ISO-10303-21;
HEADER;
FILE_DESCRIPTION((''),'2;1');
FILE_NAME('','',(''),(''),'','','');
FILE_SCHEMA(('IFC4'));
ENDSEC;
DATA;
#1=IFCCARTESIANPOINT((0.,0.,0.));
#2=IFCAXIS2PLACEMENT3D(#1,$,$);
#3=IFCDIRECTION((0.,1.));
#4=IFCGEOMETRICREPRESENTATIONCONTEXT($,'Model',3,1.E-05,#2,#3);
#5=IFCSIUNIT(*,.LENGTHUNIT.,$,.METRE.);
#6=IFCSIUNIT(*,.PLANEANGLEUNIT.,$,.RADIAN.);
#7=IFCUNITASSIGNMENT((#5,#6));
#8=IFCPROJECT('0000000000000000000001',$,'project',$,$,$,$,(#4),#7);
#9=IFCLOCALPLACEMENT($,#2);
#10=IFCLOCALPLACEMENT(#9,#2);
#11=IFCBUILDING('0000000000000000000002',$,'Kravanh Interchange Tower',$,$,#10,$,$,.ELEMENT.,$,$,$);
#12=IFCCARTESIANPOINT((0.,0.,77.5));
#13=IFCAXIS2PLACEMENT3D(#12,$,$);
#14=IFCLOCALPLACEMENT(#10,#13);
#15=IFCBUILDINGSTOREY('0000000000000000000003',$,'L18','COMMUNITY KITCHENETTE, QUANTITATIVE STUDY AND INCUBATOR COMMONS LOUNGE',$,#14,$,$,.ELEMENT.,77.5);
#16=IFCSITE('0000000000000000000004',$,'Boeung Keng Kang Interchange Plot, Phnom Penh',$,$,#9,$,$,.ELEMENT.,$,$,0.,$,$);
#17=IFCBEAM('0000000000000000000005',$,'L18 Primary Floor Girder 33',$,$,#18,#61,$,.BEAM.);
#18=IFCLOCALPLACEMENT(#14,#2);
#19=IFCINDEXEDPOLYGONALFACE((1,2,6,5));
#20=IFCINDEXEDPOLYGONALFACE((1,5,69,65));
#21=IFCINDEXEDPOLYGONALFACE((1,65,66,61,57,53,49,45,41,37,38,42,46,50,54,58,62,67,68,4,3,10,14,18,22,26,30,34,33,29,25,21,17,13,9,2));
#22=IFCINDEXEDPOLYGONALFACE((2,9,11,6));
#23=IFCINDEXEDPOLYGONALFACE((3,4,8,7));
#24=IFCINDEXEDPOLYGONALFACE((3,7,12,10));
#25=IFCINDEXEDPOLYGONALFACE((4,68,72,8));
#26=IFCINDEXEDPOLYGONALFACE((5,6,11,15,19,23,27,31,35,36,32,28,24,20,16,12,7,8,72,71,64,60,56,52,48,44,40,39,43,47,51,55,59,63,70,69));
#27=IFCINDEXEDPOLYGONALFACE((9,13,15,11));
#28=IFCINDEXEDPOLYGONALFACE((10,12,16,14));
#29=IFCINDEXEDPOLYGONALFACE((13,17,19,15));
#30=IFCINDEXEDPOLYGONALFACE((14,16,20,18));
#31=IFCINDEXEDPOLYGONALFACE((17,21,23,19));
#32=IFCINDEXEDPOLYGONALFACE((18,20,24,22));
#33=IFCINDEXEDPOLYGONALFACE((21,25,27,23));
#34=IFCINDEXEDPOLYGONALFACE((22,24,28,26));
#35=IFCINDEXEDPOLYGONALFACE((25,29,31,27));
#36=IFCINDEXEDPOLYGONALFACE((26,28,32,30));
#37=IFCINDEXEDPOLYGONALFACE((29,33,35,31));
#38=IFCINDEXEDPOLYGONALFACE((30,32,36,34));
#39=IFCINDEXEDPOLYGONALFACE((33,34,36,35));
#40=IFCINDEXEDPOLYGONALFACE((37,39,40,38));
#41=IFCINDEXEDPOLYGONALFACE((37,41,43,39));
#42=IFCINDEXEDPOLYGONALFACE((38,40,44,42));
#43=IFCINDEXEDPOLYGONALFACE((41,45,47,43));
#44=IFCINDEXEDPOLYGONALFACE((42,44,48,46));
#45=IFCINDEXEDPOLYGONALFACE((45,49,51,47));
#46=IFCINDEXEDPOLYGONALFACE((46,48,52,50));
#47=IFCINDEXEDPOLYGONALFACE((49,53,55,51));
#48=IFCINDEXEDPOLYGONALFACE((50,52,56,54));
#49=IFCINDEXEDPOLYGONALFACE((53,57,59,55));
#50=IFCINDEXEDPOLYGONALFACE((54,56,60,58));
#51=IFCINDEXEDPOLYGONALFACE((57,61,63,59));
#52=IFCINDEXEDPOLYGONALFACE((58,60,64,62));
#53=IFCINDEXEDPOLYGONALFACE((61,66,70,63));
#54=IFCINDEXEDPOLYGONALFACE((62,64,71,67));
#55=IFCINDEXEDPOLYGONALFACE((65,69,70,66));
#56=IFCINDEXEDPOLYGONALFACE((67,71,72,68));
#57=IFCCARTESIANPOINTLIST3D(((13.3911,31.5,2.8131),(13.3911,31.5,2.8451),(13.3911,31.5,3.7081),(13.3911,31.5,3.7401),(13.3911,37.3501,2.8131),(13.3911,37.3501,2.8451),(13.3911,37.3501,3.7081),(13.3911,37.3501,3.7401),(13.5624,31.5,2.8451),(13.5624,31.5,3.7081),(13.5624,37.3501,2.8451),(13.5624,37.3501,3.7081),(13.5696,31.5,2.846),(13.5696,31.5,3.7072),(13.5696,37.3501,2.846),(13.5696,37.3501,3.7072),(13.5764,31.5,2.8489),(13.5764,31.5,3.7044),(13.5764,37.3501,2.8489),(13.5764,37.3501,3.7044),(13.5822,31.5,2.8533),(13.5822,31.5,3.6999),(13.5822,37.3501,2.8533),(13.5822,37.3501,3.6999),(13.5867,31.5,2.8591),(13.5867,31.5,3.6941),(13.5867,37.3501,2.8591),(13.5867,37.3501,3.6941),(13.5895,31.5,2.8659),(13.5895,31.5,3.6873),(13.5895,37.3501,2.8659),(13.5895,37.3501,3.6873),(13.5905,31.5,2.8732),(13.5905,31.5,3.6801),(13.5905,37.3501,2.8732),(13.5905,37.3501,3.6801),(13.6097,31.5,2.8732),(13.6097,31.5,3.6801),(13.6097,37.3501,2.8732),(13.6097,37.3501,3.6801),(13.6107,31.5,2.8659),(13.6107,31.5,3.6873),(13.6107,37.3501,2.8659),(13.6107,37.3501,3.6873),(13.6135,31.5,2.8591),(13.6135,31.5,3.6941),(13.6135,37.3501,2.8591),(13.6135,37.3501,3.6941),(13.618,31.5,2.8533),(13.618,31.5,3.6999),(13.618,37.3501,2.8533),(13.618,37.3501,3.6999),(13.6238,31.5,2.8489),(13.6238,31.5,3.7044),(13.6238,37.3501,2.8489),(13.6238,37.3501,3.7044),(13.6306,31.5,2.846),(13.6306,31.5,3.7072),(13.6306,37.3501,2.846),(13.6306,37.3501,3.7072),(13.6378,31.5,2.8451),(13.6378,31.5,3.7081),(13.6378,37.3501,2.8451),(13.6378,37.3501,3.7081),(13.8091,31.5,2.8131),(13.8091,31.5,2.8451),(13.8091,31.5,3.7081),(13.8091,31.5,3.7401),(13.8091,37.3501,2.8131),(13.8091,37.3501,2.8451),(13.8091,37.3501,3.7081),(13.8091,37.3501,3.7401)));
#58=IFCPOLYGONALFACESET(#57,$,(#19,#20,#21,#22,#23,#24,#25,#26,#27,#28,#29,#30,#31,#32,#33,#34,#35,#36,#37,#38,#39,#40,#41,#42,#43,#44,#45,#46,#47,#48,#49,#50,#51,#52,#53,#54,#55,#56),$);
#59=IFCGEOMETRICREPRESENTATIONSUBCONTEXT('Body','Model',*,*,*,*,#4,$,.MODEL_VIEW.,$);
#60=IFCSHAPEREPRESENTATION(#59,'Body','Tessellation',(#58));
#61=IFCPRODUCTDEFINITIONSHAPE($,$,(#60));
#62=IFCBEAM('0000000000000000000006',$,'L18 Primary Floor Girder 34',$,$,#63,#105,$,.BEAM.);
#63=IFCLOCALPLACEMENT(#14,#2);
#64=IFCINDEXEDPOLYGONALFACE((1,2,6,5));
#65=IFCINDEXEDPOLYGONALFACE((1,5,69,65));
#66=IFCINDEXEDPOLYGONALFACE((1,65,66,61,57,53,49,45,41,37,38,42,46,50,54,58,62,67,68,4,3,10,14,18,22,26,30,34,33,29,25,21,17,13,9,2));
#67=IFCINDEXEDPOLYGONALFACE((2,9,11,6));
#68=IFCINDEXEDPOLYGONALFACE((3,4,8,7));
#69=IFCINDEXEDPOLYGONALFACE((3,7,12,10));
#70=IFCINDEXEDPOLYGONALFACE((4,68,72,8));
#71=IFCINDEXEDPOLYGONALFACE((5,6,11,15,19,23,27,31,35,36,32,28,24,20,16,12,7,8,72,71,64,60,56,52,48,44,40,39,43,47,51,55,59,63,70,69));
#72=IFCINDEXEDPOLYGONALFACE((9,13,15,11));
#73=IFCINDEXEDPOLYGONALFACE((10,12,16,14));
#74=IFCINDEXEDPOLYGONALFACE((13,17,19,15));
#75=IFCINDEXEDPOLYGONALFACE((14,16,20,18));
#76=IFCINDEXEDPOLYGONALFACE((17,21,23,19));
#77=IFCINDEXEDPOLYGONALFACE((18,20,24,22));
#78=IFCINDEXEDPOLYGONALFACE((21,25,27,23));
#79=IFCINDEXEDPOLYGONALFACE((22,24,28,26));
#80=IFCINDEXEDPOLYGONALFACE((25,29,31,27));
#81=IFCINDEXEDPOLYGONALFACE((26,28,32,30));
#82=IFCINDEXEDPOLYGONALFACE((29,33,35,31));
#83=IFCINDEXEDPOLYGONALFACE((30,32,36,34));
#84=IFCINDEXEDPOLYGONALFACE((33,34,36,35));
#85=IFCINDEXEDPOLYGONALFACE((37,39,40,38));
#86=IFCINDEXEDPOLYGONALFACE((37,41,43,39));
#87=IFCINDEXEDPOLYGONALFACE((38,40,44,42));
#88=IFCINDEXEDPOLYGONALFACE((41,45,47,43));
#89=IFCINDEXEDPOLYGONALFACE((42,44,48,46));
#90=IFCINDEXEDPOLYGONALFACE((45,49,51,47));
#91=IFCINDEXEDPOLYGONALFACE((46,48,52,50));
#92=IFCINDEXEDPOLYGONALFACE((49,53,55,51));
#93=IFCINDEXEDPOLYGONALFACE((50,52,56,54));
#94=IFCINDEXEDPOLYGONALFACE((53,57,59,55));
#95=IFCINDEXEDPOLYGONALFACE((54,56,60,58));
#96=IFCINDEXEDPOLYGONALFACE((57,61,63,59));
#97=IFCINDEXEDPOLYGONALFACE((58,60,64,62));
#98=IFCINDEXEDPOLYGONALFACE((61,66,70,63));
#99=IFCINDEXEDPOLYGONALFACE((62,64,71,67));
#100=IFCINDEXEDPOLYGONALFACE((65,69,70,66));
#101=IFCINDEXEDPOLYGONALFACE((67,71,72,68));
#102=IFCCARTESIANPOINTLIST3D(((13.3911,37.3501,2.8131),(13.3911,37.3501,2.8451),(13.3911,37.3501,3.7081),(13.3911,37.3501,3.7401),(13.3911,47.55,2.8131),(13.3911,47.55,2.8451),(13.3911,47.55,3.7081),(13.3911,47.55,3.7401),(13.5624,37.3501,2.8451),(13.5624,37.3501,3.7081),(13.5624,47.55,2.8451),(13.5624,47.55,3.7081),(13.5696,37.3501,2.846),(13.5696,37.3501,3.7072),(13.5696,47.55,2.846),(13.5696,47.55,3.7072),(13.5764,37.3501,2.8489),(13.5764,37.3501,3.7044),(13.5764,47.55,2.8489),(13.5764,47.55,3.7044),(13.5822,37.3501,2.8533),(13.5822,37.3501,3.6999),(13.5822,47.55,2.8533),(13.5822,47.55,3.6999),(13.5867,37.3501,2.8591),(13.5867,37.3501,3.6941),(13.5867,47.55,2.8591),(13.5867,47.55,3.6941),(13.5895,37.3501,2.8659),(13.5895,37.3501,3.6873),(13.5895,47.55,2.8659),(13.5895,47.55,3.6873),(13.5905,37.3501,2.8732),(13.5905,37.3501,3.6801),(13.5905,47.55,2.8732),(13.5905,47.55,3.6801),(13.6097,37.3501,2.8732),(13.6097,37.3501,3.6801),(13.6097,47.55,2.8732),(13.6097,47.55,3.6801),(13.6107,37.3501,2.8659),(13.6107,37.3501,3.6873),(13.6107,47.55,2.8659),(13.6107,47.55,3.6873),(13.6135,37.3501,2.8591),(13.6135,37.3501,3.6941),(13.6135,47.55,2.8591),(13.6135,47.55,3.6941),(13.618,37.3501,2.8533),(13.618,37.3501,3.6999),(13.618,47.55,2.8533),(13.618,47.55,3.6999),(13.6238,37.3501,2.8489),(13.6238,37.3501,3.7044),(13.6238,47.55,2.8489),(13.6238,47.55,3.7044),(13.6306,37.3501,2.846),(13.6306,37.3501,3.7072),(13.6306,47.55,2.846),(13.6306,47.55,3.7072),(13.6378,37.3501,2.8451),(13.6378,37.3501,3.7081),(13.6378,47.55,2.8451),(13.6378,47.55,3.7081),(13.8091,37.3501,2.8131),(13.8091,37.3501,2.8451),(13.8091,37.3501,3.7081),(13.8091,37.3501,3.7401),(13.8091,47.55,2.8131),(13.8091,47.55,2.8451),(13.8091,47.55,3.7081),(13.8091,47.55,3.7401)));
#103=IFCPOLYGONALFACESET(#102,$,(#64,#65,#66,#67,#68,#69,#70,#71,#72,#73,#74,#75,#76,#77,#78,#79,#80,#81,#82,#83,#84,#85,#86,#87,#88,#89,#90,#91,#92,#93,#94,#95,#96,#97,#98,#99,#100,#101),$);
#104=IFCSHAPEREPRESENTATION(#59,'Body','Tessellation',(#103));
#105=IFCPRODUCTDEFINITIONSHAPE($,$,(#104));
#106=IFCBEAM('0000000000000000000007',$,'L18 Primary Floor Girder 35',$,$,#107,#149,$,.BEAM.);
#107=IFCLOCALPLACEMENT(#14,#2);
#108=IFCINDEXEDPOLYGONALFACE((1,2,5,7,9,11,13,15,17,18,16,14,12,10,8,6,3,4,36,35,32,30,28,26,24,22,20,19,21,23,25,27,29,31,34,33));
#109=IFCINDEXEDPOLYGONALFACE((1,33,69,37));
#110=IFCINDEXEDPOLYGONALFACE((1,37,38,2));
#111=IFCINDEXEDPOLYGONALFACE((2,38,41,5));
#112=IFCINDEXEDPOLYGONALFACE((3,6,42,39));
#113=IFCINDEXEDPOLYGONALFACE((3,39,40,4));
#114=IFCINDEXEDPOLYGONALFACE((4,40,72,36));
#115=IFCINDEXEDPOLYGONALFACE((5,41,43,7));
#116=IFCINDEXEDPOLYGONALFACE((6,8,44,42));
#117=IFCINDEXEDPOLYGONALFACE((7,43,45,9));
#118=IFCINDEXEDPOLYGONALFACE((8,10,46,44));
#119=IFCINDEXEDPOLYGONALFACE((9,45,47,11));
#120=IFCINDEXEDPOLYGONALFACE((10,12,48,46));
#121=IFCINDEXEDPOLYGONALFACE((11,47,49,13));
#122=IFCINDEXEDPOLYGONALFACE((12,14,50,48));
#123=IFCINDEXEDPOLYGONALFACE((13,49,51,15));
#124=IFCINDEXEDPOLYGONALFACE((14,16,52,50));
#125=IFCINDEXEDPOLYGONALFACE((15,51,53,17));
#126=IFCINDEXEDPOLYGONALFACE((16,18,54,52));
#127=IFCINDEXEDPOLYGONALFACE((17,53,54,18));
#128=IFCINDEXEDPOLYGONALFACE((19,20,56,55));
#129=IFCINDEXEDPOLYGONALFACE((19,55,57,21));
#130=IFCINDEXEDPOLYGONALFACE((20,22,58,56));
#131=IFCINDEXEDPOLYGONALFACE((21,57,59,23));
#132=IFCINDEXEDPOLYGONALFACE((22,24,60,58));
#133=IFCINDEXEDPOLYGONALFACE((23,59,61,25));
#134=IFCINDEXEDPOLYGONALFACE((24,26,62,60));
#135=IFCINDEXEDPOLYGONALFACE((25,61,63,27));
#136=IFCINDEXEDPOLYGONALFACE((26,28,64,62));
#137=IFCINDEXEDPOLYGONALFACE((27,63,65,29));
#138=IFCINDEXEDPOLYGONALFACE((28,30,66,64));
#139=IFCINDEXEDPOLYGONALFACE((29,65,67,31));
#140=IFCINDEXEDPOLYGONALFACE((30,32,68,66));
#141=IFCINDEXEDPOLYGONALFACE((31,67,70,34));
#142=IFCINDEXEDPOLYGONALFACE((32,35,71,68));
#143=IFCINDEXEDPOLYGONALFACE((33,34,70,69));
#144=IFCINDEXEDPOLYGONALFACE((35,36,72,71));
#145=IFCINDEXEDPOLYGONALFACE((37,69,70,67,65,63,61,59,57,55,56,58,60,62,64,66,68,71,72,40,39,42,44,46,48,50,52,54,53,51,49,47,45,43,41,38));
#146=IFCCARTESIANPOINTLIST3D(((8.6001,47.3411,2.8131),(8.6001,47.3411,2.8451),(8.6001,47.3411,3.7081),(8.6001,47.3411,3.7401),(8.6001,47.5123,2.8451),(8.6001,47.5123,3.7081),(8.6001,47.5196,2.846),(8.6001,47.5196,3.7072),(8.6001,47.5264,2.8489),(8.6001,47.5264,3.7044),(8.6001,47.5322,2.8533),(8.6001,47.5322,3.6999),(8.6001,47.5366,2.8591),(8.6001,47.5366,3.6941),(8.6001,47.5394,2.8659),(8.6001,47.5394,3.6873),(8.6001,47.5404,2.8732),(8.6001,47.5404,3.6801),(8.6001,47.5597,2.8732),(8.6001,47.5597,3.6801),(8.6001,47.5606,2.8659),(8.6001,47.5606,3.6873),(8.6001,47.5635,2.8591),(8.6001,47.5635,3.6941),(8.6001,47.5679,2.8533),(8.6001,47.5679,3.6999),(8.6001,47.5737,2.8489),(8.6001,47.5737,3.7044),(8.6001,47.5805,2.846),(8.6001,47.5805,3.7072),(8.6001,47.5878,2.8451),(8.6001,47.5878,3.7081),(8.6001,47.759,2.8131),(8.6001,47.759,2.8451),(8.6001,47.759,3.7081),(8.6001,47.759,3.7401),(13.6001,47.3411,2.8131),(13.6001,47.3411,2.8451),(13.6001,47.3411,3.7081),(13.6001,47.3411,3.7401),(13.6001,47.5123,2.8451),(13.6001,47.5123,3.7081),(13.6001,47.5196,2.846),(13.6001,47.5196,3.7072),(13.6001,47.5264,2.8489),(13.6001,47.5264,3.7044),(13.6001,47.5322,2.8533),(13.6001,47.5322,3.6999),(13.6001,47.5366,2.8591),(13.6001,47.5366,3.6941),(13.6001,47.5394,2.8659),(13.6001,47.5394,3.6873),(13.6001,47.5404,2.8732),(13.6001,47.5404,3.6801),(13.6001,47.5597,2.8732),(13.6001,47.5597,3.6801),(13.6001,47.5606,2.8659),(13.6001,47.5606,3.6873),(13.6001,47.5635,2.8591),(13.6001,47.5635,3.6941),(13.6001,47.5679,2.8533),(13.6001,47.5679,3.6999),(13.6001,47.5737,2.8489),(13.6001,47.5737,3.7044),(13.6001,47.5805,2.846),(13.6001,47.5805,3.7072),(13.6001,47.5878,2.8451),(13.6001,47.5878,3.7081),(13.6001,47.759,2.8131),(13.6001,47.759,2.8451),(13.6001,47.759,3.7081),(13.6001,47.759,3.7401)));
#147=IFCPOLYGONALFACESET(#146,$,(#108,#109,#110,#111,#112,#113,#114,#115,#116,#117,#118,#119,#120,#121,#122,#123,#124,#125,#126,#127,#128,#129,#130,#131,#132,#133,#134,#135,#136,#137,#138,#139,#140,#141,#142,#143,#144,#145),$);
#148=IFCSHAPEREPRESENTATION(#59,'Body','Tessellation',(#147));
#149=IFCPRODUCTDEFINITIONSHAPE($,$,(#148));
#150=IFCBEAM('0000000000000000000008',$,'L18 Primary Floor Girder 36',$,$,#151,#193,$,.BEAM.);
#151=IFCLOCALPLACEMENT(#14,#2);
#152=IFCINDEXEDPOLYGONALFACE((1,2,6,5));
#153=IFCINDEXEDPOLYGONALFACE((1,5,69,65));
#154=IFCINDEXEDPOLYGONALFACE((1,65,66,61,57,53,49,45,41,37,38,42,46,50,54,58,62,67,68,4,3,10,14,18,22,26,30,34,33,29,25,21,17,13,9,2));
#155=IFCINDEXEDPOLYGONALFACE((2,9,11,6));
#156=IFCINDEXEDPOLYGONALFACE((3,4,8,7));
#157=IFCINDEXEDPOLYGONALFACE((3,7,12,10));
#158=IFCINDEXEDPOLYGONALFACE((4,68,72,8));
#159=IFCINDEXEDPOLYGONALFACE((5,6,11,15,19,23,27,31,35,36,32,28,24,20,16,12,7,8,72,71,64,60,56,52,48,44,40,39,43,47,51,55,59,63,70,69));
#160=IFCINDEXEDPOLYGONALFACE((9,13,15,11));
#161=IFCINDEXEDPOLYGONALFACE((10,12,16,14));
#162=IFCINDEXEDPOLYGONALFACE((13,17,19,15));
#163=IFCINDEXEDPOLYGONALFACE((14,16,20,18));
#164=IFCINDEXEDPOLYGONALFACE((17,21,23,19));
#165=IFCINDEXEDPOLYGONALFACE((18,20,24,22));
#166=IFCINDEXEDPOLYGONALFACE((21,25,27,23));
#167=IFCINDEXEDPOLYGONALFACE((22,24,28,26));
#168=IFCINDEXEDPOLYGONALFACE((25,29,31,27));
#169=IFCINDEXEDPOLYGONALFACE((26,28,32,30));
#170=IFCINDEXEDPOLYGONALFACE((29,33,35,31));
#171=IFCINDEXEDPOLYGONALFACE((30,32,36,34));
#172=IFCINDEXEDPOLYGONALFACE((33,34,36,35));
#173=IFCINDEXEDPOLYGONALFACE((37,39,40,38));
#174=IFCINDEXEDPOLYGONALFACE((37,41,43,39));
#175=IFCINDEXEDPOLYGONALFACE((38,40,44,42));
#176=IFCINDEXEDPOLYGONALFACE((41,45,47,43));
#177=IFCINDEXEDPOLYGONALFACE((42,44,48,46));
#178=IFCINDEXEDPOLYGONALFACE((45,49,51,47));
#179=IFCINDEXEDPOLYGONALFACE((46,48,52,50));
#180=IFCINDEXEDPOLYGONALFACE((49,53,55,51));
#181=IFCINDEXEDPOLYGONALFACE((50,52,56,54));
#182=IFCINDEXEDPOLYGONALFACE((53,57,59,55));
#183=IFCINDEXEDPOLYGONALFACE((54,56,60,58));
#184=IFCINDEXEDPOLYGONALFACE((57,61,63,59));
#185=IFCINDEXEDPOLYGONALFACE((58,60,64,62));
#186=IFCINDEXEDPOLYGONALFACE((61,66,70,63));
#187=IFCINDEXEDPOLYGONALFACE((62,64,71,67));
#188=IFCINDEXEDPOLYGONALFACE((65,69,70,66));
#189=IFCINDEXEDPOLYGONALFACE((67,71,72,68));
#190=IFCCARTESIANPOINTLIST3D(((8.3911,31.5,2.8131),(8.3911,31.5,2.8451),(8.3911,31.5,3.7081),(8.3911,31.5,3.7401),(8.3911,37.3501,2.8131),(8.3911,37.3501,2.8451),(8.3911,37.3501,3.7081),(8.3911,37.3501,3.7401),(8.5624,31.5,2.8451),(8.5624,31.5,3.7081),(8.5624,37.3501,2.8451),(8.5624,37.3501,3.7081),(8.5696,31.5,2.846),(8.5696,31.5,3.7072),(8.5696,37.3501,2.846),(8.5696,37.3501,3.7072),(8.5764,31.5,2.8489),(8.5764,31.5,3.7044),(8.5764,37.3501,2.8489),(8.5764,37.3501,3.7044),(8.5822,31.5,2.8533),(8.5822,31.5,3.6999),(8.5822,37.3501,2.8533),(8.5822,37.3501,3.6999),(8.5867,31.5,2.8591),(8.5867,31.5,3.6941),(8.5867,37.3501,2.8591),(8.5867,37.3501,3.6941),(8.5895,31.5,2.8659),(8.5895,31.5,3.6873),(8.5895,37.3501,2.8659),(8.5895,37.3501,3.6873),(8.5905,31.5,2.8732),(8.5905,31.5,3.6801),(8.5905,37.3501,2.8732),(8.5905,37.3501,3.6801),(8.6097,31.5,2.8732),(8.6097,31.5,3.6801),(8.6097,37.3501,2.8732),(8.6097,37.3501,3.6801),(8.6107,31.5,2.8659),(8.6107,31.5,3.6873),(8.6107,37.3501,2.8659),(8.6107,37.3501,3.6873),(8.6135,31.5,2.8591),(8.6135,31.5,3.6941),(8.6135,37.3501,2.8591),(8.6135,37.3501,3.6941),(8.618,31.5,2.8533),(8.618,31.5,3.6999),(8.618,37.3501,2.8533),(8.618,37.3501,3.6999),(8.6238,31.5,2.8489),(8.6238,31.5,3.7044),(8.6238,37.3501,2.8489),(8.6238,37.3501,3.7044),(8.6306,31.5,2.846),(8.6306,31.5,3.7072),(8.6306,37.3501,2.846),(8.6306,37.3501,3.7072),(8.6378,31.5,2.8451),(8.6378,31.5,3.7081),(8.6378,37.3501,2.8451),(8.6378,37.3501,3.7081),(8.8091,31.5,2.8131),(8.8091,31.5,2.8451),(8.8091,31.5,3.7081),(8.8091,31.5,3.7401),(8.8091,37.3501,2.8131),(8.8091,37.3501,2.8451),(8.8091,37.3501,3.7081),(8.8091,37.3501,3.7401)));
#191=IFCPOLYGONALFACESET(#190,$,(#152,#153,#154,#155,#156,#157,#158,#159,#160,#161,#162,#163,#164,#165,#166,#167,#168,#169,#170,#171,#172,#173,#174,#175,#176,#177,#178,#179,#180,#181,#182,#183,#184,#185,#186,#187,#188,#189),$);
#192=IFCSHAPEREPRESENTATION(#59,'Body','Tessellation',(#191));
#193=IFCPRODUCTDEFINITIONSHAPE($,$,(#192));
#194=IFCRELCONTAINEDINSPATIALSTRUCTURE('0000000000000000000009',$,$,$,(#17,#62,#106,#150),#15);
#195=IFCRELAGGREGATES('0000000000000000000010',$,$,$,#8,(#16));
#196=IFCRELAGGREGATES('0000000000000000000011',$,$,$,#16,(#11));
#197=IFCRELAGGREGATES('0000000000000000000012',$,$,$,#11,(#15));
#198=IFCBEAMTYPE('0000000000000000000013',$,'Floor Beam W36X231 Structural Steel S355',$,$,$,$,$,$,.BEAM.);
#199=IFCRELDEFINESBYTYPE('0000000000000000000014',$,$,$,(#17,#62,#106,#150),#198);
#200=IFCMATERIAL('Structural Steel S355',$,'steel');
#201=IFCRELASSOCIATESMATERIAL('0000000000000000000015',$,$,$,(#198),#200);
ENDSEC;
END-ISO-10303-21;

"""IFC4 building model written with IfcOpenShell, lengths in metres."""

from ifc_helpers import new_model, si_unit, direction, frame, origin, origin_2d, place, context, subcontext, project, spatial, i_section, extrude, material, material_profile, profile_set, type_object, element, save


model = new_model("IFC4")

# Units and contexts
model_context = context("Model", 3, precision=1e-05, world=origin(), true_north=direction((0.0, 1.0)))
body_context = subcontext(model_context, "Body", "Model", "MODEL_VIEW")
ifc_project = project(units=[si_unit("LENGTHUNIT", "METRE"), si_unit("PLANEANGLEUNIT", "RADIAN")], contexts=[model_context])

# Site, building, storey
site_placement = place(None, origin())
site = spatial("IfcSite", under=ifc_project, at=site_placement, Name="Boeung Keng Kang Interchange Plot, Phnom Penh", CompositionType="ELEMENT", RefElevation=0.0)
building_placement = place(site_placement, origin())
building = spatial("IfcBuilding", under=site, at=building_placement, Name="Kravanh Interchange Tower", CompositionType="ELEMENT")
storey_placement = place(building_placement, frame((0.0, 0.0, 77.5)))
storey = spatial("IfcBuildingStorey", under=building, at=storey_placement, Name="L18", Description="COMMUNITY KITCHENETTE, QUANTITATIVE STUDY AND INCUBATOR COMMONS LOUNGE", CompositionType="ELEMENT", Elevation=77.5)

# Beams
ifc_material_1 = material(Name="Structural Steel S355", Category="steel")
ifc_material_profile_1 = material_profile(ifc_material_1, i_section(OverallWidth=0.418, OverallDepth=0.927, WebThickness=0.0193, FlangeThickness=0.032, FilletRadius=0.0281, at=origin_2d()), Name="W36X231")
ifc_profile_set_1 = profile_set([ifc_material_profile_1], Name="Structural Steel S355")
beam_type = type_object("IfcBeamType", Name="Floor Beam W36X231 Structural Steel S355", PredefinedType="BEAM", material=ifc_profile_set_1)
beam_1_placement = place(storey_placement, frame((13.6001, 37.3501, 3.2766), z_axis=(0.0, -1.0, 0.0), x_axis=(1.0, 0.0, 0.0)))
element("IfcBeam", 1, at=beam_1_placement, inside=storey, type_object=beam_type, Name="L18 Primary Floor Girder 33", PredefinedType="BEAM", context=body_context, shape_type="SweptSolid", body=[
    extrude(i_section(OverallWidth=0.418, OverallDepth=0.927, WebThickness=0.0193, FlangeThickness=0.032, FilletRadius=0.0281, at=origin_2d()), origin(), (0.0, 0.0, 1.0), 5.8501),
])
beam_2_placement = place(storey_placement, frame((13.6001, 37.3501, 3.2766), z_axis=(0.0, 1.0, 0.0), x_axis=(-1.0, 0.0, 0.0)))
element("IfcBeam", 2, at=beam_2_placement, inside=storey, type_object=beam_type, Name="L18 Primary Floor Girder 34", PredefinedType="BEAM", context=body_context, shape_type="SweptSolid", body=[
    extrude(i_section(OverallWidth=0.418, OverallDepth=0.927, WebThickness=0.0193, FlangeThickness=0.032, FilletRadius=0.0281, at=origin_2d()), origin(), (0.0, 0.0, 1.0), 10.2),
])
beam_3_placement = place(storey_placement, frame((13.6001, 47.55, 3.2766), z_axis=(-1.0, 0.0, 0.0), x_axis=(0.0, -1.0, 0.0)))
element("IfcBeam", 3, at=beam_3_placement, inside=storey, type_object=beam_type, Name="L18 Primary Floor Girder 35", PredefinedType="BEAM", context=body_context, shape_type="SweptSolid", body=[
    extrude(i_section(OverallWidth=0.418, OverallDepth=0.927, WebThickness=0.0193, FlangeThickness=0.032, FilletRadius=0.0281, at=origin_2d()), origin(), (0.0, 0.0, 1.0), 5.0),
])
beam_4_placement = place(storey_placement, frame((8.6001, 37.3501, 3.2766), z_axis=(0.0, -1.0, 0.0), x_axis=(1.0, 0.0, 0.0)))
element("IfcBeam", 4, at=beam_4_placement, inside=storey, type_object=beam_type, Name="L18 Primary Floor Girder 36", PredefinedType="BEAM", context=body_context, shape_type="SweptSolid", body=[
    extrude(i_section(OverallWidth=0.418, OverallDepth=0.927, WebThickness=0.0193, FlangeThickness=0.032, FilletRadius=0.0281, at=origin_2d()), origin(), (0.0, 0.0, 1.0), 5.8501),
])

save(model, "model.ifc")
